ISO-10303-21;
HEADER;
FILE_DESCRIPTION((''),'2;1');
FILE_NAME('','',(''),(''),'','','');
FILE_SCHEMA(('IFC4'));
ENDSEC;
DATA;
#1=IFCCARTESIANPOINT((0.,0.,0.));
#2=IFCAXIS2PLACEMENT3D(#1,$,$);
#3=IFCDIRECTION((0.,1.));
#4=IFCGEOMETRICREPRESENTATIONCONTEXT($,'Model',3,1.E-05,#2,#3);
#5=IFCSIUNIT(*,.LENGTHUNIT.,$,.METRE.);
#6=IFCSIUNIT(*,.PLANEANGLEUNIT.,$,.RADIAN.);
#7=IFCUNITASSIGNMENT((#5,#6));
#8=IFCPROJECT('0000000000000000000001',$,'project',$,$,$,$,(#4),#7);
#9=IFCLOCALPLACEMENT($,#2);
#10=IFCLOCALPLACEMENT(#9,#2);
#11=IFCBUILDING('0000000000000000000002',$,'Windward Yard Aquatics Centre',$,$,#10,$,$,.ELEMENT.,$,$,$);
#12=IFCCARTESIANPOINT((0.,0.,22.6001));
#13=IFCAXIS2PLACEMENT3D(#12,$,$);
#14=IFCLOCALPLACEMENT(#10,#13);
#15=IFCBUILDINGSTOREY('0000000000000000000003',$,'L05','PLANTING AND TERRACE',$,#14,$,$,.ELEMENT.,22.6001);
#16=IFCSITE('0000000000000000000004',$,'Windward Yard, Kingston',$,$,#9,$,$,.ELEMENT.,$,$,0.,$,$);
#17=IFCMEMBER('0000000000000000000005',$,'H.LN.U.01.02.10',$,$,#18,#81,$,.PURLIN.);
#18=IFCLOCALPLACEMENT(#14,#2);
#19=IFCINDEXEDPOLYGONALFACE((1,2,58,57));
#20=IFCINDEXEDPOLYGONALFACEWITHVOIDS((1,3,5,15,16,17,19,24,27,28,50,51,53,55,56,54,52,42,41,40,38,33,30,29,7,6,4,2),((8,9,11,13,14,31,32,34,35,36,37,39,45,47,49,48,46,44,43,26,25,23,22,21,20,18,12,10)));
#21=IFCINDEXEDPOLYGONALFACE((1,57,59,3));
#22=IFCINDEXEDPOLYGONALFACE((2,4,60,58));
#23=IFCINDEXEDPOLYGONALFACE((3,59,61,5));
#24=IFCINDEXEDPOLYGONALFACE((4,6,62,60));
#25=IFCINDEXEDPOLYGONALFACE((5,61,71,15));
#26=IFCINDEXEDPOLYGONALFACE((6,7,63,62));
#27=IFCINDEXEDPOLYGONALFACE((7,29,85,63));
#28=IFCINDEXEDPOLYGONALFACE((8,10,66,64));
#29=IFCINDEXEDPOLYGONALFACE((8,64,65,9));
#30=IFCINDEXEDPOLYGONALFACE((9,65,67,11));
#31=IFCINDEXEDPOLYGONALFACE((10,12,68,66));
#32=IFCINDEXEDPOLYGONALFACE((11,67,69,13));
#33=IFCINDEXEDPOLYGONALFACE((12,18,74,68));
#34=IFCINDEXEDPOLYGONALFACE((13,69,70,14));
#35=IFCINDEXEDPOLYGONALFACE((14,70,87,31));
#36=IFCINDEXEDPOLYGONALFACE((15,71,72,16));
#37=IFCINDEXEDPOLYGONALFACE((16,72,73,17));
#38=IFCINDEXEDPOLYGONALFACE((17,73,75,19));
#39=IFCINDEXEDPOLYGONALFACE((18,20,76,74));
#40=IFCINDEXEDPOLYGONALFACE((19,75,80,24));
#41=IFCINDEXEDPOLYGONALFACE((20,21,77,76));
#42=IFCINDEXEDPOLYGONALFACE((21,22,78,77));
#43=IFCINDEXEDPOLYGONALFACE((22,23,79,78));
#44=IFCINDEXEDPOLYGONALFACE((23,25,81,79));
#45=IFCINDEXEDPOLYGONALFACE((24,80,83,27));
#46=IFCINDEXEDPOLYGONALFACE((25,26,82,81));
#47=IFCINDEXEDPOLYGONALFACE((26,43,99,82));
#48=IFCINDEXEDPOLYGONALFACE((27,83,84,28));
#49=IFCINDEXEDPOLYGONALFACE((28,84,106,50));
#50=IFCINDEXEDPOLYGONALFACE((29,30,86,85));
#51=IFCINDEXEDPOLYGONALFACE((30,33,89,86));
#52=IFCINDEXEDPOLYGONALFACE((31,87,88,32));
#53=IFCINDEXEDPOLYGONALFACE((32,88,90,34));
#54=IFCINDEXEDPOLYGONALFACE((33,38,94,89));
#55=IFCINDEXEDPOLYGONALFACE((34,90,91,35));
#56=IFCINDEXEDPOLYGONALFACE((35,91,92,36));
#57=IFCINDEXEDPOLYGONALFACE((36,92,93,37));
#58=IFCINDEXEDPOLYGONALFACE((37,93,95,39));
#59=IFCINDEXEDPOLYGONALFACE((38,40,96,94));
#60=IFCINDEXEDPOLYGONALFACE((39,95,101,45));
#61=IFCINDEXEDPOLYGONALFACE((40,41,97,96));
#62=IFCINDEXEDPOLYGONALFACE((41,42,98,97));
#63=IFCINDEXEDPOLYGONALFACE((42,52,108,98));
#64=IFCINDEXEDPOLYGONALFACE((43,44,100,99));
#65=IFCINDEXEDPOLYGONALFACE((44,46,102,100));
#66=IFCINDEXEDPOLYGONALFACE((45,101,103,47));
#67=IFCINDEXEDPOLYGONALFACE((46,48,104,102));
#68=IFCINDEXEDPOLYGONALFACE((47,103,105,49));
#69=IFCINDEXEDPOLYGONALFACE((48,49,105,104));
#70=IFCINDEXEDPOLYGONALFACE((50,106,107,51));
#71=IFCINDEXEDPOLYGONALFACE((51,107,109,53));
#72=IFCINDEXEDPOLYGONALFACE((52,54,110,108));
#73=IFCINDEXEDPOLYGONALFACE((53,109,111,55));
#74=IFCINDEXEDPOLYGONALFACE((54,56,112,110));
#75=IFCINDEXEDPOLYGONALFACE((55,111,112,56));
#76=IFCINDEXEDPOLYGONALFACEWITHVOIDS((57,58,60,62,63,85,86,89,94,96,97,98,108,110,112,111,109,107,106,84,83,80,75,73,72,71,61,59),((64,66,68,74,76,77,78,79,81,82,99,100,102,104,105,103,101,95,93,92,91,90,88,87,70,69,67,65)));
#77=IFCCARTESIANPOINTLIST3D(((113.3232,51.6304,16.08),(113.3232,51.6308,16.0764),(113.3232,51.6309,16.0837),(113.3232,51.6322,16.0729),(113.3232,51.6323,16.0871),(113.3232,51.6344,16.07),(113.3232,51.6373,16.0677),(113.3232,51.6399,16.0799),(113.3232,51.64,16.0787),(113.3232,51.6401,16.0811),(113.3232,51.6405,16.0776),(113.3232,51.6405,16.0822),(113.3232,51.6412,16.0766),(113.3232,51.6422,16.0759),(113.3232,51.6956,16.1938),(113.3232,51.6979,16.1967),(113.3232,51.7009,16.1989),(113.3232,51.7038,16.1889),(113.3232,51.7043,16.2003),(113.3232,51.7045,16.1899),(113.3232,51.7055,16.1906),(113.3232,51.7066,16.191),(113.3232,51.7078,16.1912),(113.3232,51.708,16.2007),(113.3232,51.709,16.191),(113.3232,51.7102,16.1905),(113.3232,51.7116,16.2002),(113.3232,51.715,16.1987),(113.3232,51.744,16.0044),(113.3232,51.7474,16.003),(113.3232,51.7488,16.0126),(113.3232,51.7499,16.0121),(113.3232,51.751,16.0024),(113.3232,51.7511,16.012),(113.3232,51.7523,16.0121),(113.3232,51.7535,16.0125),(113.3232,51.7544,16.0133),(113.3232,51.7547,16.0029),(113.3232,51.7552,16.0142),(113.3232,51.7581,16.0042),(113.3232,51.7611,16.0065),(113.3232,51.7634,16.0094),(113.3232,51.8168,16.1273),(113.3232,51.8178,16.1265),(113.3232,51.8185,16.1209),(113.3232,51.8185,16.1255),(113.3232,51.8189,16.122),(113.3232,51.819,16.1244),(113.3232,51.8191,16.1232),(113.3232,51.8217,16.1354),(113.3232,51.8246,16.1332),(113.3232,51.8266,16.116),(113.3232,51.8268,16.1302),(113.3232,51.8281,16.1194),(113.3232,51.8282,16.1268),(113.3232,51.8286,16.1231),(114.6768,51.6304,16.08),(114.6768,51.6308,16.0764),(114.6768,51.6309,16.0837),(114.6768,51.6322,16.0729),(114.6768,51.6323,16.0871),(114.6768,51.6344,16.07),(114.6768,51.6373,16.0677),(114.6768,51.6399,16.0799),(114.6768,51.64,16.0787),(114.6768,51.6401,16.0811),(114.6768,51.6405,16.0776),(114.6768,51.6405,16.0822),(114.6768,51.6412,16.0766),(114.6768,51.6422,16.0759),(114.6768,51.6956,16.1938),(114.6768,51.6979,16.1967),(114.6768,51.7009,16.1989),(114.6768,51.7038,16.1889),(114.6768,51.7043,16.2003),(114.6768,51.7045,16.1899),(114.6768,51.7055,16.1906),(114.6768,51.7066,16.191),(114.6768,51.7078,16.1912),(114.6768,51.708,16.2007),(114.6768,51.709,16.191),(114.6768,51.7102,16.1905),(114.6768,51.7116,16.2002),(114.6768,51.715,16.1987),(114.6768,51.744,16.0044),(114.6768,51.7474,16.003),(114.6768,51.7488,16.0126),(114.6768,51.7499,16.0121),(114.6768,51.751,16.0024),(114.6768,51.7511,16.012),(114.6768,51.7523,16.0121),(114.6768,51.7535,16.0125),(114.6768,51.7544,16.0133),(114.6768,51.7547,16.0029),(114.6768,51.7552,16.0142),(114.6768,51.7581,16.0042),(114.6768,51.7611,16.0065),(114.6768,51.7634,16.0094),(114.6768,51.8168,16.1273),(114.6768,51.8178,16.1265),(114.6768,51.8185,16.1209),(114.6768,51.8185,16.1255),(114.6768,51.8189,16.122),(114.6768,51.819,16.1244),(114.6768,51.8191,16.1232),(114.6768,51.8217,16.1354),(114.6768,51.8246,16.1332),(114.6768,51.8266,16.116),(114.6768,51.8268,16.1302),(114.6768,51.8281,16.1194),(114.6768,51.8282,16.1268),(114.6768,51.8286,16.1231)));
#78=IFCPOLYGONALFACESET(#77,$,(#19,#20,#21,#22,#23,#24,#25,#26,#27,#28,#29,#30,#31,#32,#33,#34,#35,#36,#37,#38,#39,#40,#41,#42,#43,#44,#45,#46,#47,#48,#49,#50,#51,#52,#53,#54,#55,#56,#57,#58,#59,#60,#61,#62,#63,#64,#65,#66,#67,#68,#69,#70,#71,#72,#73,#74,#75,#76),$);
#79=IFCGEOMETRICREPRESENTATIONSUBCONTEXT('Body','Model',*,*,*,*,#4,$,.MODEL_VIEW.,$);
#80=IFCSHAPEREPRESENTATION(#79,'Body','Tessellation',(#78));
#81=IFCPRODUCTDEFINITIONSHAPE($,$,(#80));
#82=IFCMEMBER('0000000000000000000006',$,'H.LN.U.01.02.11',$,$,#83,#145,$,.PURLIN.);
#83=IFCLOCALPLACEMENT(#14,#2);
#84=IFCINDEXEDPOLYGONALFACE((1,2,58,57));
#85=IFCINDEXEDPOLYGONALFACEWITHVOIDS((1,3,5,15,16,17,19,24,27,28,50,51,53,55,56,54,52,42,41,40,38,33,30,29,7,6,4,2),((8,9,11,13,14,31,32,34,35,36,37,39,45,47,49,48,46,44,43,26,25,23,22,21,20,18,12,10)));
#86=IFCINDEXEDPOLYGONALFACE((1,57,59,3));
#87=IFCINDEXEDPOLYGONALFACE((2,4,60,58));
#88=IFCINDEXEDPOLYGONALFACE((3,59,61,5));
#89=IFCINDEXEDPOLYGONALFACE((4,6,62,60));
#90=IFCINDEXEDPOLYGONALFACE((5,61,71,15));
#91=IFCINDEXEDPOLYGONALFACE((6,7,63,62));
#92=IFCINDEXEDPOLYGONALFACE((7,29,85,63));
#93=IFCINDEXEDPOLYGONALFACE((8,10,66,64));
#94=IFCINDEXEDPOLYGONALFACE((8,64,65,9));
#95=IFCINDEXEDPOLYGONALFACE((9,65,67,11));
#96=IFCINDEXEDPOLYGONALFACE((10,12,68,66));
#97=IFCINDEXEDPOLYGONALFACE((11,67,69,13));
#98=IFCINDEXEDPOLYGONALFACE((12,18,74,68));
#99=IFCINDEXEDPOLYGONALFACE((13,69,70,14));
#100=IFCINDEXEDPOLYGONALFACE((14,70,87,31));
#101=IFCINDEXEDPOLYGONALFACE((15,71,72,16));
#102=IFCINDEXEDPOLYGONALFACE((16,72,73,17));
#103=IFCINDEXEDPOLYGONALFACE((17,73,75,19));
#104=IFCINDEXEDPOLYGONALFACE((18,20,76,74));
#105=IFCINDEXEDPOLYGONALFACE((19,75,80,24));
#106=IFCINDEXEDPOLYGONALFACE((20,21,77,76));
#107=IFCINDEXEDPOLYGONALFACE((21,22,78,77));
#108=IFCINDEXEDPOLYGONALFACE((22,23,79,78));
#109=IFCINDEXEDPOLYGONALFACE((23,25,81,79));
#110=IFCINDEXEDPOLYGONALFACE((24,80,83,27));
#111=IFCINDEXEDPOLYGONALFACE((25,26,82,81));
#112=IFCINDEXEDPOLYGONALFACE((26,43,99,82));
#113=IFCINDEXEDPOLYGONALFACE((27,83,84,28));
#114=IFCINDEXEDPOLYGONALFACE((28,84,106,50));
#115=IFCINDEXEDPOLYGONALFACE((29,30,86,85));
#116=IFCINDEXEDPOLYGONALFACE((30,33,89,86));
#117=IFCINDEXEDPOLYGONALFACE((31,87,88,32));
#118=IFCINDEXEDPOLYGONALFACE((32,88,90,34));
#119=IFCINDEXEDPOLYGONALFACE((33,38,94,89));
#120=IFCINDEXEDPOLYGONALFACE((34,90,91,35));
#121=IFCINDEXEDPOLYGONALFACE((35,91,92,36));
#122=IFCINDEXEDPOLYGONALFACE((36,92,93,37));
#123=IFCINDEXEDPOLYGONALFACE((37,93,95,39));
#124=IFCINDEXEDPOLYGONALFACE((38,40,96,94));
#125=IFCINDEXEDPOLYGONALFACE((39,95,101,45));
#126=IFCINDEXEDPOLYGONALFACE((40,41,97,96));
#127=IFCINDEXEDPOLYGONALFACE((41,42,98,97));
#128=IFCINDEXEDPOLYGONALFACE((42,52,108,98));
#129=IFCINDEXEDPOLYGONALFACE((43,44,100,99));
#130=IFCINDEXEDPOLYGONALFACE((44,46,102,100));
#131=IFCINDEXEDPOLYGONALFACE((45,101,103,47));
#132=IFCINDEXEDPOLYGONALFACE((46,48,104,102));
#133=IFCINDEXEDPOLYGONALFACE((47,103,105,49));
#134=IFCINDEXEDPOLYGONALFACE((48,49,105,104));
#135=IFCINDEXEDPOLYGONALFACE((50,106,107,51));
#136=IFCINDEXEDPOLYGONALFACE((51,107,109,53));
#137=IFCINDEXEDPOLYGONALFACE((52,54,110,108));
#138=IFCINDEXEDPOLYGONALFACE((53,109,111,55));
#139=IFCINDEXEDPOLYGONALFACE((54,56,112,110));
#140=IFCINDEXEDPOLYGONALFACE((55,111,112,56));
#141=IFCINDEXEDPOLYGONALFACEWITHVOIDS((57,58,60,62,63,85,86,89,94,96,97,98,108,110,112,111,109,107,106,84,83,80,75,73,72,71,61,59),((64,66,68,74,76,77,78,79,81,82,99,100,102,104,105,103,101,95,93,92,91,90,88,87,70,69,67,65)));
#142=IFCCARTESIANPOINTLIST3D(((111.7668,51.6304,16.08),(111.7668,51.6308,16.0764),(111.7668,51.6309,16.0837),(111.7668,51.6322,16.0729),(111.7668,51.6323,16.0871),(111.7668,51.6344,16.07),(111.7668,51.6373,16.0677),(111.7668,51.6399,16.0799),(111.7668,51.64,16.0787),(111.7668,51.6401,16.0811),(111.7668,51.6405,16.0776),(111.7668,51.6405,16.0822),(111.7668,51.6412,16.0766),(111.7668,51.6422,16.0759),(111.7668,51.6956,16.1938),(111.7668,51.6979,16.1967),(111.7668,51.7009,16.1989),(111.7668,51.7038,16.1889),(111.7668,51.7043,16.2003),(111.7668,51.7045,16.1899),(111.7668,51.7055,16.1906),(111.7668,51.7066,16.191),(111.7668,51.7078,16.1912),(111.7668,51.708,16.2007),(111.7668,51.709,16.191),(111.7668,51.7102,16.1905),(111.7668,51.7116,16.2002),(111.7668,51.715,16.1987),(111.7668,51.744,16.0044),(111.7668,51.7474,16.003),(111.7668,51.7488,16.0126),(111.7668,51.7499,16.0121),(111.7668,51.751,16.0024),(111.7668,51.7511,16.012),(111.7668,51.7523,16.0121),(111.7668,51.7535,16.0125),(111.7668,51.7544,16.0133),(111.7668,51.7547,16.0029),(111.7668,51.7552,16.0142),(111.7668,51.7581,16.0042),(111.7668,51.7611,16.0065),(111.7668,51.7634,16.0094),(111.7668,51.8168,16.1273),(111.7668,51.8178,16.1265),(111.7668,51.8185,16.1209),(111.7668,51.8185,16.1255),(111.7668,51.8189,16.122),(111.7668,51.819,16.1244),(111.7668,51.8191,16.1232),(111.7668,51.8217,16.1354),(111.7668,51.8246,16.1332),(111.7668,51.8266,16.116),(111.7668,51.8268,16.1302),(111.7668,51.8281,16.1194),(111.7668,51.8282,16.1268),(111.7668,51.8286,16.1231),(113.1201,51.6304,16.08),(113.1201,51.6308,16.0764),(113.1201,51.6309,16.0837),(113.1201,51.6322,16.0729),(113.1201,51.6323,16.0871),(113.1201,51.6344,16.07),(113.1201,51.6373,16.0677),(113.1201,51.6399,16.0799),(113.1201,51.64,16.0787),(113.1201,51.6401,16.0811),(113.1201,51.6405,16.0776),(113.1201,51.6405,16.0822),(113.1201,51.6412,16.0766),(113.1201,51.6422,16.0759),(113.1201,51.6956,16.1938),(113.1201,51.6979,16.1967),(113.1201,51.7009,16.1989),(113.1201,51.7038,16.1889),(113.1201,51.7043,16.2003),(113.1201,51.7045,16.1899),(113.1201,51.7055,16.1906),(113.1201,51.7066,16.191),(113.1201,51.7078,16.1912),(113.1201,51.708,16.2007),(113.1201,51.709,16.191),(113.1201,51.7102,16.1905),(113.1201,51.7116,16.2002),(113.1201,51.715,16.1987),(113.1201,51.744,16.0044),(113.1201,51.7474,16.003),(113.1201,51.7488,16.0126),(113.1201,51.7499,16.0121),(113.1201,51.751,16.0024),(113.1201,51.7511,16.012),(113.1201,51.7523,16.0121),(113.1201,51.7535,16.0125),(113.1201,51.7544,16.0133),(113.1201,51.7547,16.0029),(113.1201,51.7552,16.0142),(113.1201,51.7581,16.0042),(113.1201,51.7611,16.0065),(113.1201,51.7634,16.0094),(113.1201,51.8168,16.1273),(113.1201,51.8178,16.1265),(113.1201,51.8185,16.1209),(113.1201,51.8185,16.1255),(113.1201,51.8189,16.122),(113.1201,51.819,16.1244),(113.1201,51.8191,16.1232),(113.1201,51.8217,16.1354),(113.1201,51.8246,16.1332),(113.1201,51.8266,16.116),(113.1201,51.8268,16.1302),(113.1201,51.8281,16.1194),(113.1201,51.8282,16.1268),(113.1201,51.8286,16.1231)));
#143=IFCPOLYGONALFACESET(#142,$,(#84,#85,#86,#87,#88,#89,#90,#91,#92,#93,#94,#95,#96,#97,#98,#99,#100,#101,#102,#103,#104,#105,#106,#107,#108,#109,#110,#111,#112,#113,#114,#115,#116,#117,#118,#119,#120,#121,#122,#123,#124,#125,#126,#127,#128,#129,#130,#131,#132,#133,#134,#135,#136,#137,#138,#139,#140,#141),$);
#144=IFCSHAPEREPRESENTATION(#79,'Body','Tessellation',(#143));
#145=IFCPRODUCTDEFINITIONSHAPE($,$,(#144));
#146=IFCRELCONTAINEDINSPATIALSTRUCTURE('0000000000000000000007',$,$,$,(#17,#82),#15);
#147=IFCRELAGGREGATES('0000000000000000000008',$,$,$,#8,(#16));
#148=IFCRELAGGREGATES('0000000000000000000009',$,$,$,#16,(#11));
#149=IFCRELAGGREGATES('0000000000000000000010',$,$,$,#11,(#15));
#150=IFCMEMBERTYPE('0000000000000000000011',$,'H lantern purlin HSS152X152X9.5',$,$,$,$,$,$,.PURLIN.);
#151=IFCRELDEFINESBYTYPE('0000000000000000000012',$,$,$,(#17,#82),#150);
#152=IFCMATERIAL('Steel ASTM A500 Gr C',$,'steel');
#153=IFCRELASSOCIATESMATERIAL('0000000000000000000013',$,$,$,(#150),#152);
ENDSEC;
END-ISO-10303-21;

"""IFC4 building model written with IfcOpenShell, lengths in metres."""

from ifc_helpers import new_model, si_unit, direction, frame, origin, origin_2d, place, context, subcontext, project, spatial, hollow_rectangle, extrude, material, material_profile, profile_set, type_object, element, save


model = new_model("IFC4")

# Units and contexts
model_context = context("Model", 3, precision=1e-05, world=origin(), true_north=direction((0.0, 1.0)))
body_context = subcontext(model_context, "Body", "Model", "MODEL_VIEW")
ifc_project = project(units=[si_unit("LENGTHUNIT", "METRE"), si_unit("PLANEANGLEUNIT", "RADIAN")], contexts=[model_context])

# Site, building, storey
site_placement = place(None, origin())
site = spatial("IfcSite", under=ifc_project, at=site_placement, Name="Windward Yard, Kingston", CompositionType="ELEMENT", RefElevation=0.0)
building_placement = place(site_placement, origin())
building = spatial("IfcBuilding", under=site, at=building_placement, Name="Windward Yard Aquatics Centre", CompositionType="ELEMENT")
storey_placement = place(building_placement, frame((0.0, 0.0, 22.6001)))
storey = spatial("IfcBuildingStorey", under=building, at=storey_placement, Name="L05", Description="PLANTING AND TERRACE", CompositionType="ELEMENT", Elevation=22.6001)

# Members
ifc_material_1 = material(Name="Steel ASTM A500 Gr C", Category="steel")
ifc_material_profile_1 = material_profile(ifc_material_1, hollow_rectangle(XDim=0.1523, YDim=0.1523, WallThickness=0.0095, InnerFilletRadius=0.0046, OuterFilletRadius=0.0142, at=origin_2d()), Name="HSS152X152X9.5")
ifc_profile_set_1 = profile_set([ifc_material_profile_1], Name="Steel ASTM A500 Gr C")
member_type_1 = type_object("IfcMemberType", Name="H lantern purlin HSS152X152X9.5", PredefinedType="PURLIN", material=ifc_profile_set_1)
member_1_placement = place(storey_placement, frame((114.6768, 51.7295, 16.1016), z_axis=(-1.0, 0.0, 0.0), x_axis=(0.0, -0.51012, -0.860103)))
element("IfcMember", 1, at=member_1_placement, inside=storey, type_object=member_type_1, Name="H.LN.U.01.02.10", PredefinedType="PURLIN", context=body_context, shape_type="SweptSolid", body=[
    extrude(hollow_rectangle(XDim=0.1523, YDim=0.1523, WallThickness=0.0095, InnerFilletRadius=0.0046, OuterFilletRadius=0.0142, at=origin_2d()), origin(), (0.0, 0.0, 1.0), 1.3535),
])
member_2_placement = place(storey_placement, frame((113.1201, 51.7295, 16.1016), z_axis=(-1.0, 0.0, 0.0), x_axis=(0.0, -0.51012, -0.860103)))
element("IfcMember", 2, at=member_2_placement, inside=storey, type_object=member_type_1, Name="H.LN.U.01.02.11", PredefinedType="PURLIN", context=body_context, shape_type="SweptSolid", body=[
    extrude(hollow_rectangle(XDim=0.1523, YDim=0.1523, WallThickness=0.0095, InnerFilletRadius=0.0046, OuterFilletRadius=0.0142, at=origin_2d()), origin(), (0.0, 0.0, 1.0), 1.3533),
])

save(model, "model.ifc")
